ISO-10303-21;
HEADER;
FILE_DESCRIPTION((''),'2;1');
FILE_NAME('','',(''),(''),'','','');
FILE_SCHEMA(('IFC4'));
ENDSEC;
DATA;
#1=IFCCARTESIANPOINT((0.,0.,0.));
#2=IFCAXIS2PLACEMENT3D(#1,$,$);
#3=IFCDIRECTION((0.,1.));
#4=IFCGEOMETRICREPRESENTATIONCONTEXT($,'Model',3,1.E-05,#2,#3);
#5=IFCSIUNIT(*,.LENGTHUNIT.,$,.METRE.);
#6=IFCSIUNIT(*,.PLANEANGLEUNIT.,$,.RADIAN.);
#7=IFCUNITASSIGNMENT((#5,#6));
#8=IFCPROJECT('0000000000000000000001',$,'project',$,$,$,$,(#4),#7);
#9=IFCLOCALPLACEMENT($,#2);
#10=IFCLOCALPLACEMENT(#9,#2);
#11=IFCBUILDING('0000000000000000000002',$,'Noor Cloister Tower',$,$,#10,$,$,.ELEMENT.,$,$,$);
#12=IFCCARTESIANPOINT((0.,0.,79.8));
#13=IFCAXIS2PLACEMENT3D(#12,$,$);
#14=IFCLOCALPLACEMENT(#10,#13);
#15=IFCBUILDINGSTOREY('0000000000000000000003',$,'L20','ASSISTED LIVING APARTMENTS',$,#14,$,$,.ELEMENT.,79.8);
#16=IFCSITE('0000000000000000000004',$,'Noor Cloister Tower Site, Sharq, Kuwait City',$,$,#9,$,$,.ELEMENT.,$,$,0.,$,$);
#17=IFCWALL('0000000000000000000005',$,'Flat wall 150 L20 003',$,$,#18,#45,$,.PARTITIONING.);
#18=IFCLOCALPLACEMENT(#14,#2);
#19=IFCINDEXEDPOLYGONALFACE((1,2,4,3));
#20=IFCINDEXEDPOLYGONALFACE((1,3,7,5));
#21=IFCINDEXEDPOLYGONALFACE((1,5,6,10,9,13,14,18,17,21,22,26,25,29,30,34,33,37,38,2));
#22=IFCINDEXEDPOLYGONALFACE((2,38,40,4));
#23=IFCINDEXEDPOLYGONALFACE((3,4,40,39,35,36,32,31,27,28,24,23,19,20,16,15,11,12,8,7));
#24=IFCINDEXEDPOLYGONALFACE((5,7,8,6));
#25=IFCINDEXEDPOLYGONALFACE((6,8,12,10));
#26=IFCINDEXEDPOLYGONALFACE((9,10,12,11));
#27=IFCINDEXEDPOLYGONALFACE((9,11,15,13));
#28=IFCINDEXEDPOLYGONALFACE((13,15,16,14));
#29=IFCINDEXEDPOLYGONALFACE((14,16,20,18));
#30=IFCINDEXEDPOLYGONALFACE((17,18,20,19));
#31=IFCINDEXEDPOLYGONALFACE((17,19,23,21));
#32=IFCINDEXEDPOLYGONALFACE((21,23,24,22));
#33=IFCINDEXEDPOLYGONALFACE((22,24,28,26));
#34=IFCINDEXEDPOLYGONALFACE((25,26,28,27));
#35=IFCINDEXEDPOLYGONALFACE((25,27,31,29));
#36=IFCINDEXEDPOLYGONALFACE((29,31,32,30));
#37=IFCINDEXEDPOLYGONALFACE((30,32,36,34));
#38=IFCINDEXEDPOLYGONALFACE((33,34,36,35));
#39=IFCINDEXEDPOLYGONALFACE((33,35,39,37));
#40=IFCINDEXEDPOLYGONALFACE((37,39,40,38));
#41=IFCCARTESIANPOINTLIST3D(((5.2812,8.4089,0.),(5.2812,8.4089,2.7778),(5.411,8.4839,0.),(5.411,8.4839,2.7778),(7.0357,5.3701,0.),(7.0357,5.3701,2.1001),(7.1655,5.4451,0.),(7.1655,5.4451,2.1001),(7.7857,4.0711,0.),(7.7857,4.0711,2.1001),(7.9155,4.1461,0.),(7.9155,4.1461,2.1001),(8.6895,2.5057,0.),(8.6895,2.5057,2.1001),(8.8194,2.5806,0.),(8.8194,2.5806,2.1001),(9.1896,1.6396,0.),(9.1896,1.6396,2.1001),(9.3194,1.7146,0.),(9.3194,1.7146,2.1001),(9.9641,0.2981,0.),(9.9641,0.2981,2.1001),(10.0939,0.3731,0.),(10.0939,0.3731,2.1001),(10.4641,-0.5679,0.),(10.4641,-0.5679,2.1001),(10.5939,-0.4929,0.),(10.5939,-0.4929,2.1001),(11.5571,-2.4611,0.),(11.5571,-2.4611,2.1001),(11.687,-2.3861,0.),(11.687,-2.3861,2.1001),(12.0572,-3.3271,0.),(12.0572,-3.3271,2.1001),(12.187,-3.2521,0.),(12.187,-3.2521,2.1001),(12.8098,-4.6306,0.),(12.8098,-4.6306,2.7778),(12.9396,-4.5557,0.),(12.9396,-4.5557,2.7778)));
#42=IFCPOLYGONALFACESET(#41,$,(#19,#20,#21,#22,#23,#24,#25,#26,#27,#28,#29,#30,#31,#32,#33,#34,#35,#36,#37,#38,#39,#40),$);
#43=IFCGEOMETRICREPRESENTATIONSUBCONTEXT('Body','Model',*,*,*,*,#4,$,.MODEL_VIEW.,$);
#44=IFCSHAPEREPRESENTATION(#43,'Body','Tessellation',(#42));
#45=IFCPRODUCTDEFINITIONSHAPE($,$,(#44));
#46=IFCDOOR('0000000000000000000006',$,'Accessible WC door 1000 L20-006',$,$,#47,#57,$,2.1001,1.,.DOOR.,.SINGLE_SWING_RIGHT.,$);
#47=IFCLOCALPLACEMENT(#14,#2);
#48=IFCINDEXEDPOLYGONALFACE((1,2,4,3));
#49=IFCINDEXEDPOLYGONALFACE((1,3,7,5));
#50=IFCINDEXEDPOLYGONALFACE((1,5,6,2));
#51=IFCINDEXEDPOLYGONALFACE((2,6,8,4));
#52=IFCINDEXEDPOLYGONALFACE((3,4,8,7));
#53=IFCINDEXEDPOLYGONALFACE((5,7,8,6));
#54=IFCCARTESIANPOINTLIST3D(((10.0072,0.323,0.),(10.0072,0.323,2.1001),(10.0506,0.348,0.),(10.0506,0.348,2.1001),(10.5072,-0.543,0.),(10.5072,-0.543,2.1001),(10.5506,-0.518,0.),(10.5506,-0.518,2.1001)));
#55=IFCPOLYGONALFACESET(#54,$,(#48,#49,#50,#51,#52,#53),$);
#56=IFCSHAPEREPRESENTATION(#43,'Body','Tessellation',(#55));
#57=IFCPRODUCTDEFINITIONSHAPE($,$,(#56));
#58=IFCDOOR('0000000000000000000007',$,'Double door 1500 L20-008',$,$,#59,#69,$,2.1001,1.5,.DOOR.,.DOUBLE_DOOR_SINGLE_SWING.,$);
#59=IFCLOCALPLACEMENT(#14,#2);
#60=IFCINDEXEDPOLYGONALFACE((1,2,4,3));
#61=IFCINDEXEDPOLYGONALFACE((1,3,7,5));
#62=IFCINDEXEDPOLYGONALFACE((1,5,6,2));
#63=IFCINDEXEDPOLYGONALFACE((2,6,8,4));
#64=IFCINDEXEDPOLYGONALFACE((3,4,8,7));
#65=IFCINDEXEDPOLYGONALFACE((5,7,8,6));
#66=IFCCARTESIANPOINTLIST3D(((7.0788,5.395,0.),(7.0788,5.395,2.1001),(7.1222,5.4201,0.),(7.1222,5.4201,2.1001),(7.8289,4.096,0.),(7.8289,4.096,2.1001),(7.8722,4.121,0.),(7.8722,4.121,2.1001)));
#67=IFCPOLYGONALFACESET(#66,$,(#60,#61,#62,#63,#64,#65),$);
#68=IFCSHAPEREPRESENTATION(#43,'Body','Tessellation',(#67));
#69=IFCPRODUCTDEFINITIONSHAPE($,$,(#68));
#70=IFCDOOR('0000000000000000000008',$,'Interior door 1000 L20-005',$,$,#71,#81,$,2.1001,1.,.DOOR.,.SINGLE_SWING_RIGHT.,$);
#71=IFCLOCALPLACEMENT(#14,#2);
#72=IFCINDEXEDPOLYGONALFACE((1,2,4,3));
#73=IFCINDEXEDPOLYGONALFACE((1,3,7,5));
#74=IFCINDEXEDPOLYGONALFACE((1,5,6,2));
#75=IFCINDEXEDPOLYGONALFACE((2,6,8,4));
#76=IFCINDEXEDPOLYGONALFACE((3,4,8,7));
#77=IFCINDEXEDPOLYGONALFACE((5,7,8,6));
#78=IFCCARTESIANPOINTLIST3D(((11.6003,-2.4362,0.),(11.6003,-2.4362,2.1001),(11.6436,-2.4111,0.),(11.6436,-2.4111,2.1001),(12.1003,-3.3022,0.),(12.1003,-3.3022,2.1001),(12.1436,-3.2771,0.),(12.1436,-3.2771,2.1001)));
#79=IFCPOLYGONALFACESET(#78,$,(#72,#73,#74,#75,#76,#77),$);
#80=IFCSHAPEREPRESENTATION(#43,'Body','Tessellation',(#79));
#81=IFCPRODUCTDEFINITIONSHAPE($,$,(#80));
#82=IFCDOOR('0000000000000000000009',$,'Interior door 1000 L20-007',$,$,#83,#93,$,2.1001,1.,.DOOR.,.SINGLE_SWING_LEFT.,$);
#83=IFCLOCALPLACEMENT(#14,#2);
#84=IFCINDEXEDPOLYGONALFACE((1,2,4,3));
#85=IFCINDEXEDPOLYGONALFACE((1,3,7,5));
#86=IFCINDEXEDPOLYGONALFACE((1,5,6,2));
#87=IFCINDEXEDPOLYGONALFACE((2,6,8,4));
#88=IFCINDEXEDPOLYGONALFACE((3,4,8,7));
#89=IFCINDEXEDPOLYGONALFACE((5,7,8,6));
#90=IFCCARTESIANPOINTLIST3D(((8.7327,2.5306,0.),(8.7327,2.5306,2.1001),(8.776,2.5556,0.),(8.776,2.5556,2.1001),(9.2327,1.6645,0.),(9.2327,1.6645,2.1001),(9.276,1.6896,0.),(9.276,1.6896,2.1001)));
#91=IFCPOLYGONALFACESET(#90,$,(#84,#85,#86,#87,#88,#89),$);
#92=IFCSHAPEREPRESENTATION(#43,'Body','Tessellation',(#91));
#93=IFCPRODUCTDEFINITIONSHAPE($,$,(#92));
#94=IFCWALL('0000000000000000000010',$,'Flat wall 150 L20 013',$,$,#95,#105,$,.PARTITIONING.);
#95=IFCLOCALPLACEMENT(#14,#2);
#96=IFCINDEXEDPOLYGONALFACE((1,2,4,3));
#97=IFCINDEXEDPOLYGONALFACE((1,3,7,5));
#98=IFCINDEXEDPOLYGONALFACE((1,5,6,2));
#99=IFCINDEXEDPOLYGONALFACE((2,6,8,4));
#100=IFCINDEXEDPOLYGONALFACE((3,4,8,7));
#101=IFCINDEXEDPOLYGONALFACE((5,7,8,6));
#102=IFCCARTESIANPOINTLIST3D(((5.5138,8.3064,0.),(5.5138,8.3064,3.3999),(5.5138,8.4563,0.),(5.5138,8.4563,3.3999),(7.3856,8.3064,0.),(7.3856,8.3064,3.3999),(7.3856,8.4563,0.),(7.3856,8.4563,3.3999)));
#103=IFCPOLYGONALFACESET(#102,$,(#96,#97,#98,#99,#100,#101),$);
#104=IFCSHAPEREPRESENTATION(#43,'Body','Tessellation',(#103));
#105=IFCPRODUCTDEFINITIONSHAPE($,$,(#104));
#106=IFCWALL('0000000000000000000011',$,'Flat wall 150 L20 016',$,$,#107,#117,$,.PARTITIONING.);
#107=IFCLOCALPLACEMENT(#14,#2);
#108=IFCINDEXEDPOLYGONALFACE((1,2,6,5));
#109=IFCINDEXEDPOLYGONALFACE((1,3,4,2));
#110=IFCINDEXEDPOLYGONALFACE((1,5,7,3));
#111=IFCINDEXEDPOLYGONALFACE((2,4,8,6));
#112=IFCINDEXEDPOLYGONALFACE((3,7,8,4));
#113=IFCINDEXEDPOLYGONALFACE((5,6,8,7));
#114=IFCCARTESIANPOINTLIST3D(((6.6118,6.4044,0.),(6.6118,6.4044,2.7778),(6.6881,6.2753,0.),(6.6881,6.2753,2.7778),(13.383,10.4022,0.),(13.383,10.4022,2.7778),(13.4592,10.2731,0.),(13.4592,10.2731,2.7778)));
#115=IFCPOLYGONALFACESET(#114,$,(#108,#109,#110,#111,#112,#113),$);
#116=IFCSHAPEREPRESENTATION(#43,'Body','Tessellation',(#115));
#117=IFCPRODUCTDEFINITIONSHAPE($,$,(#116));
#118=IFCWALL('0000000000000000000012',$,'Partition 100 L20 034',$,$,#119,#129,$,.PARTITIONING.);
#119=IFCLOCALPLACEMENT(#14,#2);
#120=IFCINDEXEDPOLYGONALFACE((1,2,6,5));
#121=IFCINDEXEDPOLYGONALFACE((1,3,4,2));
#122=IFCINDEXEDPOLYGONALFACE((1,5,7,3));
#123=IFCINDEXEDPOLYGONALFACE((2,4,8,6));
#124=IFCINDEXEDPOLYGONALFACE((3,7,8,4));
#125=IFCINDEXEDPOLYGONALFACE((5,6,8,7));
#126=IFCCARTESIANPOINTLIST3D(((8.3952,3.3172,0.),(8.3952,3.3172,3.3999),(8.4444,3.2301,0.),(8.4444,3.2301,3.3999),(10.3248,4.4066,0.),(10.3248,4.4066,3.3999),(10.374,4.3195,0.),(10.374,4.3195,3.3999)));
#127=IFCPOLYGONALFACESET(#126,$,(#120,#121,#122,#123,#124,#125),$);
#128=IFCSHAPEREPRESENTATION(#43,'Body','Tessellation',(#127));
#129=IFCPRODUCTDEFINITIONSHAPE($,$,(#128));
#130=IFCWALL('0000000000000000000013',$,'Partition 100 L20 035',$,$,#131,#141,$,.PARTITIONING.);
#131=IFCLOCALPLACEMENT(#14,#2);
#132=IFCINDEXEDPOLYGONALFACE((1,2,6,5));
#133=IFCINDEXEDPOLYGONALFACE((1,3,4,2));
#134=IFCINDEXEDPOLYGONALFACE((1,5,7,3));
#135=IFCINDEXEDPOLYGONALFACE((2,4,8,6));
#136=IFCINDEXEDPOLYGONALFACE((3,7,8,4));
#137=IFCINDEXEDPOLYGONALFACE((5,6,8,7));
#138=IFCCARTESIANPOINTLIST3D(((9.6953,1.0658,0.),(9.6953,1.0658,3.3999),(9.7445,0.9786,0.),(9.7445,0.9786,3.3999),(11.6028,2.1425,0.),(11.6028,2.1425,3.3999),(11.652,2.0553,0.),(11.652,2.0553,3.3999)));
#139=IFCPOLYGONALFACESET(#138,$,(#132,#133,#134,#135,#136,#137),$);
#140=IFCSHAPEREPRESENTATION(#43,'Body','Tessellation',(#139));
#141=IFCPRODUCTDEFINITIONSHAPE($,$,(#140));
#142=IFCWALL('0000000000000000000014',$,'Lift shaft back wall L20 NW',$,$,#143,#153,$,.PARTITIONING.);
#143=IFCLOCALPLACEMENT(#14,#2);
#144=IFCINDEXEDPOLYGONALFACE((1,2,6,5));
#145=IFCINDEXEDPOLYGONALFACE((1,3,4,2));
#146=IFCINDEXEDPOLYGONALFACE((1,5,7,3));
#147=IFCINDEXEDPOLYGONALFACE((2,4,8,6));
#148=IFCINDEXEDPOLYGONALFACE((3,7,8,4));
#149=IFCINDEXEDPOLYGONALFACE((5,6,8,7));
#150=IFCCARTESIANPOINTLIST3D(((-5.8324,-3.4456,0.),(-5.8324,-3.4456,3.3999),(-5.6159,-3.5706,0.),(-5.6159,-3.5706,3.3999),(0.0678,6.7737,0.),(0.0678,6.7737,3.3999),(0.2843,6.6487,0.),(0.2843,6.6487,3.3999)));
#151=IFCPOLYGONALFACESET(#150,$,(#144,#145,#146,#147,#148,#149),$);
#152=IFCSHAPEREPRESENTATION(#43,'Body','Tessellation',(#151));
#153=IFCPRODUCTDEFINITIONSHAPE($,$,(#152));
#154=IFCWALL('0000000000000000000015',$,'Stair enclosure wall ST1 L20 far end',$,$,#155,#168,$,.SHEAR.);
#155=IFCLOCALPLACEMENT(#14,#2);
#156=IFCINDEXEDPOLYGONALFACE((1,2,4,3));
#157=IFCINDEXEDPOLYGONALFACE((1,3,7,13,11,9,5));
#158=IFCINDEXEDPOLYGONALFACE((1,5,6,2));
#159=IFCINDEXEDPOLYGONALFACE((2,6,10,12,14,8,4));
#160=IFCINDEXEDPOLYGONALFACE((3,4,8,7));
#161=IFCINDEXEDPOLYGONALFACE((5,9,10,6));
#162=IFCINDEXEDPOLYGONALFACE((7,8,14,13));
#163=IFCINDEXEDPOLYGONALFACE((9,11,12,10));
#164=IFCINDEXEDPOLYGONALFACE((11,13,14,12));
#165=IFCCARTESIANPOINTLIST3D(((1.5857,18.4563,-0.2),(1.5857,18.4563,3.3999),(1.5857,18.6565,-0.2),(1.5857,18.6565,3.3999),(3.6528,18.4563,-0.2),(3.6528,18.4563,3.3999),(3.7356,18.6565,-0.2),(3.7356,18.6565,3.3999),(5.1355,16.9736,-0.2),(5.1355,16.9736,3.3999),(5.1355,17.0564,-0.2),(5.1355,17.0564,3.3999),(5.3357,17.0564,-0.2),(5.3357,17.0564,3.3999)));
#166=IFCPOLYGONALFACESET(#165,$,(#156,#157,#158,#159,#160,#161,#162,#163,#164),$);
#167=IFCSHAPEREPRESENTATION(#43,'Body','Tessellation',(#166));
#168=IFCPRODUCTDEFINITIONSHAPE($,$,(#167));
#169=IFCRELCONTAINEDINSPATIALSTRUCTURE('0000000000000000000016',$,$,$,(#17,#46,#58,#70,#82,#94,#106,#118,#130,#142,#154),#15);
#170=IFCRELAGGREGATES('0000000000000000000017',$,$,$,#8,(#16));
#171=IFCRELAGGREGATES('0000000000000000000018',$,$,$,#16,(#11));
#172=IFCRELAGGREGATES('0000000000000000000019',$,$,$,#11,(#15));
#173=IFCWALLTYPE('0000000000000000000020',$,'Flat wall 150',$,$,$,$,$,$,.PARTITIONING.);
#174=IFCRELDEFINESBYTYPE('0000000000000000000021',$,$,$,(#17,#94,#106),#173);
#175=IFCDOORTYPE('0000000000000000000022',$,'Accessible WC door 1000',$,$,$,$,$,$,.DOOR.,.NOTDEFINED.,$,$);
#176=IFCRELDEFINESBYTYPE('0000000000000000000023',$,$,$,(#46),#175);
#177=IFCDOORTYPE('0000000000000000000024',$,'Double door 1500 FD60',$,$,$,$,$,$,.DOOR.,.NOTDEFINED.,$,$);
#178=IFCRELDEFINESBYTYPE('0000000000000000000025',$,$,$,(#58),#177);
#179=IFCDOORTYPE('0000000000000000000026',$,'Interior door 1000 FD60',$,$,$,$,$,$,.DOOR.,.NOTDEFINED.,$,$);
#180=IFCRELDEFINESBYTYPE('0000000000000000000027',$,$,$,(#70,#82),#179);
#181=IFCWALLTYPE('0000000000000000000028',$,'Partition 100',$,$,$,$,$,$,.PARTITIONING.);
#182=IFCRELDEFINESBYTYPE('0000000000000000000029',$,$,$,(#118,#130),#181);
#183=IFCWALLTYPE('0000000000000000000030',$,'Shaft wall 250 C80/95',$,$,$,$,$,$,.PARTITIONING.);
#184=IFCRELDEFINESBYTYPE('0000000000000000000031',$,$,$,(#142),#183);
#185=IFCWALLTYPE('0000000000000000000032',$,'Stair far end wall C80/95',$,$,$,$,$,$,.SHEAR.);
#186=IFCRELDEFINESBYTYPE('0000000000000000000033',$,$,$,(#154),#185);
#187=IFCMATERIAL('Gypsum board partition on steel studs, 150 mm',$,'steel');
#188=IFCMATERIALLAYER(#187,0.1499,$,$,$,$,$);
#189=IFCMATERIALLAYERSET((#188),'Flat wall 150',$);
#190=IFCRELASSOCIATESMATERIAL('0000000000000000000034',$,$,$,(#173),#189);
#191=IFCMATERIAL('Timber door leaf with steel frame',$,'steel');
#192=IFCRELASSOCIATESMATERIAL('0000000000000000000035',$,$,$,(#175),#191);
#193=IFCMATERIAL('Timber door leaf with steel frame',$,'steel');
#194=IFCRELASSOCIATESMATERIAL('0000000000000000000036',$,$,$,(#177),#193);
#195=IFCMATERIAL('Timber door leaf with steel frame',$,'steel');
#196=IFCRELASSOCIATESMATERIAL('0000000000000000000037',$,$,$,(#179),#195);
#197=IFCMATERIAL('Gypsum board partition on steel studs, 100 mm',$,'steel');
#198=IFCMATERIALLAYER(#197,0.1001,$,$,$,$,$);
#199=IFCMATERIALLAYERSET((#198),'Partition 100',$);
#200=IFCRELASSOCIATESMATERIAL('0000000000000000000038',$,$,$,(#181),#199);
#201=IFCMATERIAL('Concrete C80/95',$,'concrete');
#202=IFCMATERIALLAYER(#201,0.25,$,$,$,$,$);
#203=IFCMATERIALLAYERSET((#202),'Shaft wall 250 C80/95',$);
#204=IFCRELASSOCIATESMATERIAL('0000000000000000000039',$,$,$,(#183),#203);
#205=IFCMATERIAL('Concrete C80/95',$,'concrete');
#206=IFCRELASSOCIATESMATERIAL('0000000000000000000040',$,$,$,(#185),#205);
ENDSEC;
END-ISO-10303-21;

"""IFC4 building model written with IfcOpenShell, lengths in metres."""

from ifc_helpers import new_model, si_unit, direction, frame, frame_2d, origin, place, context, subcontext, project, spatial, polyline, rectangle, outline, extrude, material, layer, layer_set, type_object, element, fill, save


model = new_model("IFC4")

# Units and contexts
model_context = context("Model", 3, precision=1e-05, world=origin(), true_north=direction((0.0, 1.0)))
body_context = subcontext(model_context, "Body", "Model", "MODEL_VIEW")
ifc_project = project(units=[si_unit("LENGTHUNIT", "METRE"), si_unit("PLANEANGLEUNIT", "RADIAN")], contexts=[model_context])

# Site, building, storey
site_placement = place(None, origin())
site = spatial("IfcSite", under=ifc_project, at=site_placement, Name="Noor Cloister Tower Site, Sharq, Kuwait City", CompositionType="ELEMENT", RefElevation=0.0)
building_placement = place(site_placement, origin())
building = spatial("IfcBuilding", under=site, at=building_placement, Name="Noor Cloister Tower", CompositionType="ELEMENT")
storey_placement = place(building_placement, frame((0.0, 0.0, 79.8)))
storey = spatial("IfcBuildingStorey", under=building, at=storey_placement, Name="L20", Description="ASSISTED LIVING APARTMENTS", CompositionType="ELEMENT", Elevation=79.8)

# Wall, openings, doors
ifc_material_1 = material(Name="Gypsum board partition on steel studs, 150 mm", Category="steel")
ifc_layer_1 = layer(ifc_material_1, 0.1499)
ifc_layer_set_1 = layer_set([ifc_layer_1], Name="Flat wall 150")
wall_type_1 = type_object("IfcWallType", Name="Flat wall 150", PredefinedType="PARTITIONING", material=ifc_layer_set_1)
wall_1_placement = place(storey_placement, frame((5.3462, 8.4463, 0.0), z_axis=(0.0, 0.0, 1.0), x_axis=(0.500009, -0.86602, 0.0)))
wall_1 = element("IfcWall", 1, at=wall_1_placement, inside=storey, type_object=wall_type_1, Name="Flat wall 150 L20 003", PredefinedType="PARTITIONING", context=body_context, shape_type="SweptSolid", body=[
    extrude(rectangle(XDim=15.0569, YDim=0.1499, at=frame_2d((7.5283, 0.0))), origin(), (0.0, 0.0, 1.0), 2.7778),
])
opening_1_placement = place(wall_1_placement, frame((12.5515, 0.0, 0.0)))
opening_1 = element("IfcOpeningElement", 2, at=opening_1_placement, cuts=wall_1, PredefinedType="OPENING", context=body_context, shape_type="SweptSolid", body=[
    extrude(rectangle(XDim=1.0, YDim=2.1001, at=frame_2d((0.5, 1.05))), frame((0.0, 0.085, 0.0), z_axis=(0.0, -1.0, 0.0), x_axis=(1.0, 0.0, 0.0)), (0.0, 0.0, 1.0), 0.1699),
])
opening_2_placement = place(wall_1_placement, frame((9.3655, 0.0, 0.0)))
opening_2 = element("IfcOpeningElement", 3, at=opening_2_placement, cuts=wall_1, PredefinedType="OPENING", context=body_context, shape_type="SweptSolid", body=[
    extrude(rectangle(XDim=1.0, YDim=2.1001, at=frame_2d((0.5, 1.05))), frame((0.0, 0.085, 0.0), z_axis=(0.0, -1.0, 0.0), x_axis=(1.0, 0.0, 0.0)), (0.0, 0.0, 1.0), 0.1699),
])
opening_3_placement = place(wall_1_placement, frame((6.8164, 0.0, 0.0)))
opening_3 = element("IfcOpeningElement", 4, at=opening_3_placement, cuts=wall_1, PredefinedType="OPENING", context=body_context, shape_type="SweptSolid", body=[
    extrude(rectangle(XDim=1.0, YDim=2.1001, at=frame_2d((0.5, 1.05))), frame((0.0, 0.085, 0.0), z_axis=(0.0, -1.0, 0.0), x_axis=(1.0, 0.0, 0.0)), (0.0, 0.0, 1.0), 0.1699),
])
opening_4_placement = place(wall_1_placement, frame((3.5088, 0.0, 0.0)))
opening_4 = element("IfcOpeningElement", 5, at=opening_4_placement, cuts=wall_1, PredefinedType="OPENING", context=body_context, shape_type="SweptSolid", body=[
    extrude(rectangle(XDim=1.5, YDim=2.1001, at=frame_2d((0.75, 1.05))), frame((0.0, 0.085, 0.0), z_axis=(0.0, -1.0, 0.0), x_axis=(1.0, 0.0, 0.0)), (0.0, 0.0, 1.0), 0.1699),
])
ifc_material_2 = material(Name="Timber door leaf with steel frame", Category="steel")
door_type_1 = type_object("IfcDoorType", Name="Accessible WC door 1000", OperationType="NOTDEFINED", PredefinedType="DOOR", material=ifc_material_2)
door_1_placement = place(opening_2_placement, origin())
door_1 = element("IfcDoor", 6, at=door_1_placement, inside=storey, type_object=door_type_1, Name="Accessible WC door 1000 L20-006", OperationType="SINGLE_SWING_RIGHT", OverallHeight=2.1001, OverallWidth=1.0, PredefinedType="DOOR", context=body_context, shape_type="SweptSolid", body=[
    extrude(rectangle(XDim=1.0, YDim=2.1001, at=frame_2d((0.5, 1.05))), frame((0.0, 0.0249, 0.0), z_axis=(0.0, -1.0, 0.0), x_axis=(1.0, 0.0, 0.0)), (0.0, 0.0, 1.0), 0.05),
])
fill(opening_2, door_1)
ifc_material_3 = material(Name="Timber door leaf with steel frame", Category="steel")
door_type_2 = type_object("IfcDoorType", Name="Double door 1500 FD60", OperationType="NOTDEFINED", PredefinedType="DOOR", material=ifc_material_3)
door_2_placement = place(opening_4_placement, origin())
door_2 = element("IfcDoor", 7, at=door_2_placement, inside=storey, type_object=door_type_2, Name="Double door 1500 L20-008", OperationType="DOUBLE_DOOR_SINGLE_SWING", OverallHeight=2.1001, OverallWidth=1.5, PredefinedType="DOOR", context=body_context, shape_type="SweptSolid", body=[
    extrude(rectangle(XDim=1.5, YDim=2.1001, at=frame_2d((0.75, 1.05))), frame((0.0, 0.0249, 0.0), z_axis=(0.0, -1.0, 0.0), x_axis=(1.0, 0.0, 0.0)), (0.0, 0.0, 1.0), 0.05),
])
fill(opening_4, door_2)
ifc_material_4 = material(Name="Timber door leaf with steel frame", Category="steel")
door_type_3 = type_object("IfcDoorType", Name="Interior door 1000 FD60", OperationType="NOTDEFINED", PredefinedType="DOOR", material=ifc_material_4)
door_3_placement = place(opening_1_placement, origin())
door_3 = element("IfcDoor", 8, at=door_3_placement, inside=storey, type_object=door_type_3, Name="Interior door 1000 L20-005", OperationType="SINGLE_SWING_RIGHT", OverallHeight=2.1001, OverallWidth=1.0, PredefinedType="DOOR", context=body_context, shape_type="SweptSolid", body=[
    extrude(rectangle(XDim=1.0, YDim=2.1001, at=frame_2d((0.5, 1.05))), frame((0.0, 0.0249, 0.0), z_axis=(0.0, -1.0, 0.0), x_axis=(1.0, 0.0, 0.0)), (0.0, 0.0, 1.0), 0.05),
])
fill(opening_1, door_3)
door_4_placement = place(opening_3_placement, origin())
door_4 = element("IfcDoor", 9, at=door_4_placement, inside=storey, type_object=door_type_3, Name="Interior door 1000 L20-007", OperationType="SINGLE_SWING_LEFT", OverallHeight=2.1001, OverallWidth=1.0, PredefinedType="DOOR", context=body_context, shape_type="SweptSolid", body=[
    extrude(rectangle(XDim=1.0, YDim=2.1001, at=frame_2d((0.5, 1.05))), frame((0.0, 0.0249, 0.0), z_axis=(0.0, -1.0, 0.0), x_axis=(1.0, 0.0, 0.0)), (0.0, 0.0, 1.0), 0.05),
])
fill(opening_3, door_4)

# Walls
wall_2_placement = place(storey_placement, frame((5.5137, 8.3813, 0.0), z_axis=(0.0, 0.0, 1.0), x_axis=(1.0, 0.0, 0.0)))
element("IfcWall", 10, at=wall_2_placement, inside=storey, type_object=wall_type_1, Name="Flat wall 150 L20 013", PredefinedType="PARTITIONING", context=body_context, shape_type="SweptSolid", body=[
    extrude(rectangle(XDim=1.8718, YDim=0.1499, at=frame_2d((0.936, 0.0))), origin(), (0.0, 0.0, 1.0), 3.3999),
])
wall_3_placement = place(storey_placement, frame((13.4211, 10.3376, 0.0), z_axis=(0.0, 0.0, 1.0), x_axis=(-0.861115, -0.50841, 0.0)))
element("IfcWall", 11, at=wall_3_placement, inside=storey, type_object=wall_type_1, Name="Flat wall 150 L20 016", PredefinedType="PARTITIONING", context=body_context, shape_type="SweptSolid", body=[
    extrude(rectangle(XDim=7.8633, YDim=0.1499, at=frame_2d((3.9316, 0.0))), origin(), (0.0, 0.0, 1.0), 2.7778),
])
ifc_material_5 = material(Name="Gypsum board partition on steel studs, 100 mm", Category="steel")
ifc_layer_2 = layer(ifc_material_5, 0.1001)
ifc_layer_set_2 = layer_set([ifc_layer_2], Name="Partition 100")
wall_type_2 = type_object("IfcWallType", Name="Partition 100", PredefinedType="PARTITIONING", material=ifc_layer_set_2)
wall_4_placement = place(storey_placement, frame((10.3494, 4.363, 0.0), z_axis=(0.0, 0.0, 1.0), x_axis=(-0.870795, -0.491647, 0.0)))
element("IfcWall", 12, at=wall_4_placement, inside=storey, type_object=wall_type_2, Name="Partition 100 L20 034", PredefinedType="PARTITIONING", context=body_context, shape_type="SweptSolid", body=[
    extrude(rectangle(XDim=2.2158, YDim=0.1001, at=frame_2d((1.1079, 0.0))), origin(), (0.0, 0.0, 1.0), 3.3999),
])
wall_5_placement = place(storey_placement, frame((11.6274, 2.0989, 0.0), z_axis=(0.0, 0.0, 1.0), x_axis=(-0.870851, -0.491547, 0.0)))
element("IfcWall", 13, at=wall_5_placement, inside=storey, type_object=wall_type_2, Name="Partition 100 L20 035", PredefinedType="PARTITIONING", context=body_context, shape_type="SweptSolid", body=[
    extrude(rectangle(XDim=2.1904, YDim=0.1001, at=frame_2d((1.0952, 0.0))), origin(), (0.0, 0.0, 1.0), 3.3999),
])
ifc_material_6 = material(Name="Concrete C80/95", Category="concrete")
ifc_layer_3 = layer(ifc_material_6, 0.25)
ifc_layer_set_3 = layer_set([ifc_layer_3], Name="Shaft wall 250 C80/95")
wall_type_3 = type_object("IfcWallType", Name="Shaft wall 250 C80/95", PredefinedType="PARTITIONING", material=ifc_layer_set_3)
wall_6_placement = place(storey_placement, frame((0.176, 6.7112, 0.0), z_axis=(0.0, 0.0, 1.0), x_axis=(-0.500004, -0.866023, 0.0)))
element("IfcWall", 14, at=wall_6_placement, inside=storey, type_object=wall_type_3, Name="Lift shaft back wall L20 NW", PredefinedType="PARTITIONING", context=body_context, shape_type="SweptSolid", body=[
    extrude(rectangle(XDim=11.8003, YDim=0.25, at=frame_2d((5.9001, 0.0))), origin(), (0.0, 0.0, 1.0), 3.3999),
])
ifc_material_7 = material(Name="Concrete C80/95", Category="concrete")
wall_type_4 = type_object("IfcWallType", Name="Stair far end wall C80/95", PredefinedType="SHEAR", material=ifc_material_7)
wall_7_placement = place(storey_placement, frame((0.0, 0.0, -0.2)))
element("IfcWall", 15, at=wall_7_placement, inside=storey, type_object=wall_type_4, Name="Stair enclosure wall ST1 L20 far end", PredefinedType="SHEAR", context=body_context, shape_type="SweptSolid", body=[
    extrude(outline(polyline([(5.3357, 17.0564), (3.7356, 18.6565), (1.5857, 18.6565), (1.5857, 18.4563), (3.6528, 18.4563), (5.1355, 16.9736), (5.1355, 17.0564), (5.1355, 17.0564), (5.1355, 17.0564), (5.1355, 17.0564), (5.1355, 17.0564), (5.1355, 17.0564), (5.1355, 17.0564), (5.1355, 17.0564), (5.1355, 17.0564), (5.1355, 17.0564), (5.1355, 17.0564), (5.1355, 17.0564), (5.1355, 17.0564), (5.1355, 17.0564), (5.1355, 17.0564), (5.1355, 17.0564), (5.1355, 17.0564), (5.3357, 17.0564)])), origin(), (0.0, 0.0, 1.0), 3.5999),
])

save(model, "model.ifc")
